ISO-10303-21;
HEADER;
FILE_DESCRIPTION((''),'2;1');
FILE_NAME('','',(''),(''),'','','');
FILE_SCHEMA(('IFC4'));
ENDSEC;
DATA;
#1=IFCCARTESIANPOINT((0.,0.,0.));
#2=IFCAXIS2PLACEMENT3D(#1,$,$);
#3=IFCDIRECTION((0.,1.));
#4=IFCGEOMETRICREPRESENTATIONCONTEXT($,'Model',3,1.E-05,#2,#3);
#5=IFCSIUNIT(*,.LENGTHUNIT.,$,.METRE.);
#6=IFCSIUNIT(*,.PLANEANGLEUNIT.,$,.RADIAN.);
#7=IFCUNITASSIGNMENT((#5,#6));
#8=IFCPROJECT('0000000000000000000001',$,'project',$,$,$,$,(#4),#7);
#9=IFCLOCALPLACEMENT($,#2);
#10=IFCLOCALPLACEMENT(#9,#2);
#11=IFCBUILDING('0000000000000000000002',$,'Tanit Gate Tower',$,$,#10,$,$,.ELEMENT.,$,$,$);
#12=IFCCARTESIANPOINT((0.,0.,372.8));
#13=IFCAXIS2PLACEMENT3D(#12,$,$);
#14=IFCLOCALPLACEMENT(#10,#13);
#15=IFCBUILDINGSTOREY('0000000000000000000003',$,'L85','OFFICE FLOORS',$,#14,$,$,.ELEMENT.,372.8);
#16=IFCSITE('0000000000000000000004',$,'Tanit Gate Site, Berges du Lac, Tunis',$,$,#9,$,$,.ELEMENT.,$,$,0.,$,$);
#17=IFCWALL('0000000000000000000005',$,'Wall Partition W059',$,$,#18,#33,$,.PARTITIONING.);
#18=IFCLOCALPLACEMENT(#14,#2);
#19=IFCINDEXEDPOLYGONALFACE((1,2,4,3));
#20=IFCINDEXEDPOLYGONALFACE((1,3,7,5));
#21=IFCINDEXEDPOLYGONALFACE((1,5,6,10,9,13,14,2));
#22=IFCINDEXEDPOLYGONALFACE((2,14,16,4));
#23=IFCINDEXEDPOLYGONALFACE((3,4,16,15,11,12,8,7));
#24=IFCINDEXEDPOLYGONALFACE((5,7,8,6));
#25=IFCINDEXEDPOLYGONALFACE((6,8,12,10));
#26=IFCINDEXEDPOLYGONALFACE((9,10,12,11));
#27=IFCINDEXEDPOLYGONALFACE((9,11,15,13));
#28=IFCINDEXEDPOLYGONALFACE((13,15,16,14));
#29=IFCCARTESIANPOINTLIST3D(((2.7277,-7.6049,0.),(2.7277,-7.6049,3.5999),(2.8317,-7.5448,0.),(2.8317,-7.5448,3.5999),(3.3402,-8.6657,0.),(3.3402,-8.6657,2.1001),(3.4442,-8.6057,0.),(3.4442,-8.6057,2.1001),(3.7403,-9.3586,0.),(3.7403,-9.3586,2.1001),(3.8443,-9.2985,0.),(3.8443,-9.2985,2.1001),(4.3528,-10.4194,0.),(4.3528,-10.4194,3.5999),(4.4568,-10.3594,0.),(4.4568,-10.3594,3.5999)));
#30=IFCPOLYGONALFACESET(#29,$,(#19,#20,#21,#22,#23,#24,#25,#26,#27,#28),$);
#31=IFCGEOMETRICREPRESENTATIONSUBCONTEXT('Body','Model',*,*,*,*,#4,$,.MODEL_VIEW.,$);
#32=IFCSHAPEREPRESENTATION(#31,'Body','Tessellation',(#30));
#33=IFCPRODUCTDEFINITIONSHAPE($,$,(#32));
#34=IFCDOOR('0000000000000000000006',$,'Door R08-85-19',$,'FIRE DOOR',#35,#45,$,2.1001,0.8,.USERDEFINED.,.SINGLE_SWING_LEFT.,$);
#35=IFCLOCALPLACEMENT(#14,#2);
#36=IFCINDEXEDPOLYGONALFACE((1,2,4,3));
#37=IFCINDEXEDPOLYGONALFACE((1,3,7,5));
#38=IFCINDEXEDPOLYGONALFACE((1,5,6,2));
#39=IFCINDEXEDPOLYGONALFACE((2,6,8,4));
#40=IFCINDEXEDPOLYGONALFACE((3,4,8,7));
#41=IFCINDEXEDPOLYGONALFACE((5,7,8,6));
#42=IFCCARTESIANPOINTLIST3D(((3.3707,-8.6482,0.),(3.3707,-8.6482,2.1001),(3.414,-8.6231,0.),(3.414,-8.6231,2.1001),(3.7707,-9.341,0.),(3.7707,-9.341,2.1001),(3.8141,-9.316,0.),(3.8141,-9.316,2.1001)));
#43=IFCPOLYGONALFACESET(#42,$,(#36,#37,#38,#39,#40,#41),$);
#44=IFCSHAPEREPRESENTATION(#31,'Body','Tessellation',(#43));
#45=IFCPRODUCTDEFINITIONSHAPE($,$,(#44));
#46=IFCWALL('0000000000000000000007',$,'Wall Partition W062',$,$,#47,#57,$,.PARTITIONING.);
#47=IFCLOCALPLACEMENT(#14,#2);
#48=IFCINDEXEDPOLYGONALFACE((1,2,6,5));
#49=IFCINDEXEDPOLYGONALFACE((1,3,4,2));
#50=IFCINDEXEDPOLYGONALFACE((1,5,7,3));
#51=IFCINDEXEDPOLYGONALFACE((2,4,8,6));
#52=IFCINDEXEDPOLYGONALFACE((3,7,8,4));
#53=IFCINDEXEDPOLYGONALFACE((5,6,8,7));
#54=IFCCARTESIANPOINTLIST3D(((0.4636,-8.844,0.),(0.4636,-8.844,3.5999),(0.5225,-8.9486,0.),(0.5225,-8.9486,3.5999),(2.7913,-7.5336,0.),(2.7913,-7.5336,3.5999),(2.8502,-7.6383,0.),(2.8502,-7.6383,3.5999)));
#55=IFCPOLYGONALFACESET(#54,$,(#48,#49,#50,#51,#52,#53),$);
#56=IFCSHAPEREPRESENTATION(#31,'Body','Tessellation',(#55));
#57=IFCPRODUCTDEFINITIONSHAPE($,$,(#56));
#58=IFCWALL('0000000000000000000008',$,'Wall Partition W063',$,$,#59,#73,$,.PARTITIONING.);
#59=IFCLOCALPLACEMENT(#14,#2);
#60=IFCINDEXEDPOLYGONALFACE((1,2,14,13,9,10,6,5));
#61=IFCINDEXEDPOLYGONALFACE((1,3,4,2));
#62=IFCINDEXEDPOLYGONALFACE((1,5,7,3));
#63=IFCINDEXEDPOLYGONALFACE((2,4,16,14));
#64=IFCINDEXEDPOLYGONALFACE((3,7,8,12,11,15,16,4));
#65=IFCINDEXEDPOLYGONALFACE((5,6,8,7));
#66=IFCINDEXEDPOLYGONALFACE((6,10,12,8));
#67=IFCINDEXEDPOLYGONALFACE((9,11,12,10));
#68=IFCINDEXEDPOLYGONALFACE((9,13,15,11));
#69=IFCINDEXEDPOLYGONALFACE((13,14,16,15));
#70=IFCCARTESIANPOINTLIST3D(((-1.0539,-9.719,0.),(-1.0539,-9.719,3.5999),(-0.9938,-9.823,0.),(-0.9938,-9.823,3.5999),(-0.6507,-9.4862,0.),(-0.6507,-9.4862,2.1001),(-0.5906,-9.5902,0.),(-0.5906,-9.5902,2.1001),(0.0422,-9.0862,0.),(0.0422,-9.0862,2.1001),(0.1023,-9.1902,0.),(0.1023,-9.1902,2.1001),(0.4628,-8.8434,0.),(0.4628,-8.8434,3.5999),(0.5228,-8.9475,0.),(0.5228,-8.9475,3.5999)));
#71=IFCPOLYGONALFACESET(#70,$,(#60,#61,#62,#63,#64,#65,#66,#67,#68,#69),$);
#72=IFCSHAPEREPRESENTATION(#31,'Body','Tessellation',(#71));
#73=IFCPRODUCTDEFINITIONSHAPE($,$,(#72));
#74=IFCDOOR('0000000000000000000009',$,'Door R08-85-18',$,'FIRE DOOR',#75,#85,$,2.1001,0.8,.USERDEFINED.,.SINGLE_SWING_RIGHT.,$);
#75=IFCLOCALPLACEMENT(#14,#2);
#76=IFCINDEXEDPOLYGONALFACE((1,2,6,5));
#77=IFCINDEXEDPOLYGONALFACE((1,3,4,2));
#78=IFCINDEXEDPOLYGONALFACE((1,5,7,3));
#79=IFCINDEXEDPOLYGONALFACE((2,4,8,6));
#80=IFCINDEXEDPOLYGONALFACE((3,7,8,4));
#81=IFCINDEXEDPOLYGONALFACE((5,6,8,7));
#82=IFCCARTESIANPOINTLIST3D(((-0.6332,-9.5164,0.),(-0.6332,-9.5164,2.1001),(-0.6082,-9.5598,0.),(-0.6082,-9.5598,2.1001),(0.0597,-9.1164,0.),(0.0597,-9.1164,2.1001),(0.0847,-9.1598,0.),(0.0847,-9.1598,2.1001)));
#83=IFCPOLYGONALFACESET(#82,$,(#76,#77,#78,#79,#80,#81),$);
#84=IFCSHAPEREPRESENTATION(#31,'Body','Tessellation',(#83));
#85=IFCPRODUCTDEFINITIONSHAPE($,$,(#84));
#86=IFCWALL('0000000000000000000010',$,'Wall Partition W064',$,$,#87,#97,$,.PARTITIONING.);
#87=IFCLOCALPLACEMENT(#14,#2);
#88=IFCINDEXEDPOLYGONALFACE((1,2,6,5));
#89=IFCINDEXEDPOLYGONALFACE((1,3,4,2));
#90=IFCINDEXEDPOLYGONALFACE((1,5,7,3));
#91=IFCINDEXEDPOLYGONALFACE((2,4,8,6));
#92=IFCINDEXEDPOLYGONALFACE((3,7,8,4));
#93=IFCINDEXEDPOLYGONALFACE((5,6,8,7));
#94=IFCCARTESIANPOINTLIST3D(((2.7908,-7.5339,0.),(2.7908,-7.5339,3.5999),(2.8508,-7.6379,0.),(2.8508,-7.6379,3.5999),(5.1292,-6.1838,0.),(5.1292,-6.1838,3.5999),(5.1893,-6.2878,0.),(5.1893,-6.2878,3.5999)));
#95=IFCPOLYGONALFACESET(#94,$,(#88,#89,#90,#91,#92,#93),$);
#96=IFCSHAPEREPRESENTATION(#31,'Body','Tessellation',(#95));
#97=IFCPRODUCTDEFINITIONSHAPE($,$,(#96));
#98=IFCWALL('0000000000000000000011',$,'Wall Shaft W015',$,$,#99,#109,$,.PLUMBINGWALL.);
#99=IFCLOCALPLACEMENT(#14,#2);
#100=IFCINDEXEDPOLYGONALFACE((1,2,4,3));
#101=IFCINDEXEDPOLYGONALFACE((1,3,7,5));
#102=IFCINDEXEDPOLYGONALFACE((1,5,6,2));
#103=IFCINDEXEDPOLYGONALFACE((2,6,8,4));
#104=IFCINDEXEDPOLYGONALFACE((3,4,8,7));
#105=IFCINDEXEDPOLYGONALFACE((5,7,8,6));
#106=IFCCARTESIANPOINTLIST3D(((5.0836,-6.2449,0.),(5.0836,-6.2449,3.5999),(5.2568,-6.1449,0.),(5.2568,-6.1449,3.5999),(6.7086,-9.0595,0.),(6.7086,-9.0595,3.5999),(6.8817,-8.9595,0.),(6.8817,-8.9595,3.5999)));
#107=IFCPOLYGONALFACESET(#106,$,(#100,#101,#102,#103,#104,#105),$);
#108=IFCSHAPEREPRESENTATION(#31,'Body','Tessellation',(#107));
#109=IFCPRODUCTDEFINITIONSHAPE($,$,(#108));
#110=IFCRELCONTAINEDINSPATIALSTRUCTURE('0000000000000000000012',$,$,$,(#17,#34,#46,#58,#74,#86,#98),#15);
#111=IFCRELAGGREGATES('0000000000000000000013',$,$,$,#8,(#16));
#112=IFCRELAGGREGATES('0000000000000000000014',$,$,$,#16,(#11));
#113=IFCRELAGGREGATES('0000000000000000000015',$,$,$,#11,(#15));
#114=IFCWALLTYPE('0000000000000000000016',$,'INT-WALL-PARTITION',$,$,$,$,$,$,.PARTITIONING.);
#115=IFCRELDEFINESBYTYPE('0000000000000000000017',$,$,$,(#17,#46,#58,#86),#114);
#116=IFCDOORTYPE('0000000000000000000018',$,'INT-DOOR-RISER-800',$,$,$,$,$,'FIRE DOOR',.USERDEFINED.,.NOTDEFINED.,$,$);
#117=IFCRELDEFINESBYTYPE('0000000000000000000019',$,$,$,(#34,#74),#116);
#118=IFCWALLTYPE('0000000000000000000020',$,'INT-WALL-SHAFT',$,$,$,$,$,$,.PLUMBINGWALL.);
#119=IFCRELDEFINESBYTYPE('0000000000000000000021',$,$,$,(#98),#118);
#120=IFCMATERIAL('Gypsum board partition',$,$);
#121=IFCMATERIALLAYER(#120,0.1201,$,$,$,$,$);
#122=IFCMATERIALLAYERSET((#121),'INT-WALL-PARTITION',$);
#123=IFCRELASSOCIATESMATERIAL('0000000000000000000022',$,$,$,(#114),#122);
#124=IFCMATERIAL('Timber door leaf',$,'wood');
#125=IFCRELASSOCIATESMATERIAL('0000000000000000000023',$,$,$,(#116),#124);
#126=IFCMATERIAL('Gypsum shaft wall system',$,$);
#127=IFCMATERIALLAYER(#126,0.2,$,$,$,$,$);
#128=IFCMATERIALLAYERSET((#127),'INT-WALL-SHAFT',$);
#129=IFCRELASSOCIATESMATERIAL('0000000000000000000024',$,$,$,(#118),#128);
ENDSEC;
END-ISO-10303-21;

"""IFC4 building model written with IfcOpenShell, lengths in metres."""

from ifc_helpers import new_model, si_unit, direction, frame, frame_2d, origin, place, context, subcontext, project, spatial, rectangle, extrude, material, layer, layer_set, type_object, element, fill, save


model = new_model("IFC4")

# Units and contexts
model_context = context("Model", 3, precision=1e-05, world=origin(), true_north=direction((0.0, 1.0)))
body_context = subcontext(model_context, "Body", "Model", "MODEL_VIEW")
ifc_project = project(units=[si_unit("LENGTHUNIT", "METRE"), si_unit("PLANEANGLEUNIT", "RADIAN")], contexts=[model_context])

# Site, building, storey
site_placement = place(None, origin())
site = spatial("IfcSite", under=ifc_project, at=site_placement, Name="Tanit Gate Site, Berges du Lac, Tunis", CompositionType="ELEMENT", RefElevation=0.0)
building_placement = place(site_placement, origin())
building = spatial("IfcBuilding", under=site, at=building_placement, Name="Tanit Gate Tower", CompositionType="ELEMENT")
storey_placement = place(building_placement, frame((0.0, 0.0, 372.8)))
storey = spatial("IfcBuildingStorey", under=building, at=storey_placement, Name="L85", Description="OFFICE FLOORS", CompositionType="ELEMENT", Elevation=372.8)

# Wall, opening, door
ifc_material_1 = material(Name="Gypsum board partition")
ifc_layer_1 = layer(ifc_material_1, 0.1201)
ifc_layer_set_1 = layer_set([ifc_layer_1], Name="INT-WALL-PARTITION")
wall_type_1 = type_object("IfcWallType", Name="INT-WALL-PARTITION", PredefinedType="PARTITIONING", material=ifc_layer_set_1)
wall_1_placement = place(storey_placement, frame((4.4048, -10.3894, 0.0), z_axis=(0.0, 0.0, 1.0), x_axis=(-0.500017, 0.866015, 0.0)))
wall_1 = element("IfcWall", 1, at=wall_1_placement, inside=storey, type_object=wall_type_1, Name="Wall Partition W059", PredefinedType="PARTITIONING", context=body_context, shape_type="SweptSolid", body=[
    extrude(rectangle(XDim=3.25, YDim=0.1201, at=frame_2d((1.625, 0.0))), origin(), (0.0, 0.0, 1.0), 3.5999),
])
opening_1_placement = place(wall_1_placement, frame((1.2251, 0.0, 0.0)))
opening_1 = element("IfcOpeningElement", 2, at=opening_1_placement, cuts=wall_1, PredefinedType="OPENING", context=body_context, shape_type="SweptSolid", body=[
    extrude(rectangle(XDim=0.8, YDim=2.1001, at=frame_2d((0.3999, 1.05))), frame((0.0, 0.0701, 0.0), z_axis=(0.0, -1.0, 0.0), x_axis=(1.0, 0.0, 0.0)), (0.0, 0.0, 1.0), 0.1401),
])
ifc_material_2 = material(Name="Timber door leaf", Category="wood")
door_type_1 = type_object("IfcDoorType", Name="INT-DOOR-RISER-800", ElementType="FIRE DOOR", OperationType="NOTDEFINED", PredefinedType="USERDEFINED", material=ifc_material_2)
door_1_placement = place(opening_1_placement, origin())
door_1 = element("IfcDoor", 3, at=door_1_placement, inside=storey, type_object=door_type_1, Name="Door R08-85-19", ObjectType="FIRE DOOR", OperationType="SINGLE_SWING_LEFT", OverallHeight=2.1001, OverallWidth=0.8, PredefinedType="USERDEFINED", context=body_context, shape_type="SweptSolid", body=[
    extrude(rectangle(XDim=0.8, YDim=2.1001, at=frame_2d((0.3999, 1.05))), frame((0.0, 0.0249, 0.0), z_axis=(0.0, -1.0, 0.0), x_axis=(1.0, 0.0, 0.0)), (0.0, 0.0, 1.0), 0.05),
])
fill(opening_1, door_1)

# Wall
wall_2_placement = place(storey_placement, frame((0.4932, -8.8962, 0.0), z_axis=(0.0, 0.0, 1.0), x_axis=(0.871414, 0.490548, 0.0)))
element("IfcWall", 4, at=wall_2_placement, inside=storey, type_object=wall_type_1, Name="Wall Partition W062", PredefinedType="PARTITIONING", context=body_context, shape_type="SweptSolid", body=[
    extrude(rectangle(XDim=2.6711, YDim=0.1201, at=frame_2d((1.3354, 0.0))), origin(), (0.0, 0.0, 1.0), 3.5999),
])

# Wall, opening, door
wall_3_placement = place(storey_placement, frame((0.4927, -8.8955, 0.0), z_axis=(0.0, 0.0, 1.0), x_axis=(-0.866056, -0.499948, 0.0)))
wall_3 = element("IfcWall", 5, at=wall_3_placement, inside=storey, type_object=wall_type_1, Name="Wall Partition W063", PredefinedType="PARTITIONING", context=body_context, shape_type="SweptSolid", body=[
    extrude(rectangle(XDim=1.7512, YDim=0.1201, at=frame_2d((0.8755, 0.0))), origin(), (0.0, 0.0, 1.0), 3.5999),
])
opening_2_placement = place(wall_3_placement, frame((0.4856, 0.0, 0.0)))
opening_2 = element("IfcOpeningElement", 6, at=opening_2_placement, cuts=wall_3, PredefinedType="OPENING", context=body_context, shape_type="SweptSolid", body=[
    extrude(rectangle(XDim=0.8, YDim=2.1001, at=frame_2d((0.3999, 1.05))), frame((0.0, 0.0701, 0.0), z_axis=(0.0, -1.0, 0.0), x_axis=(1.0, 0.0, 0.0)), (0.0, 0.0, 1.0), 0.1401),
])
door_2_placement = place(opening_2_placement, origin())
door_2 = element("IfcDoor", 7, at=door_2_placement, inside=storey, type_object=door_type_1, Name="Door R08-85-18", ObjectType="FIRE DOOR", OperationType="SINGLE_SWING_RIGHT", OverallHeight=2.1001, OverallWidth=0.8, PredefinedType="USERDEFINED", context=body_context, shape_type="SweptSolid", body=[
    extrude(rectangle(XDim=0.8, YDim=2.1001, at=frame_2d((0.3999, 1.05))), frame((0.0, 0.0249, 0.0), z_axis=(0.0, -1.0, 0.0), x_axis=(1.0, 0.0, 0.0)), (0.0, 0.0, 1.0), 0.05),
])
fill(opening_2, door_2)

# Walls
wall_4_placement = place(storey_placement, frame((2.8208, -7.5859, 0.0), z_axis=(0.0, 0.0, 1.0), x_axis=(0.86602, 0.500009, 0.0)))
element("IfcWall", 8, at=wall_4_placement, inside=storey, type_object=wall_type_1, Name="Wall Partition W064", PredefinedType="PARTITIONING", context=body_context, shape_type="SweptSolid", body=[
    extrude(rectangle(XDim=2.7002, YDim=0.1201, at=frame_2d((1.3501, 0.0))), origin(), (0.0, 0.0, 1.0), 3.5999),
])
ifc_material_3 = material(Name="Gypsum shaft wall system")
ifc_layer_2 = layer(ifc_material_3, 0.2)
ifc_layer_set_2 = layer_set([ifc_layer_2], Name="INT-WALL-SHAFT")
wall_type_2 = type_object("IfcWallType", Name="INT-WALL-SHAFT", PredefinedType="PLUMBINGWALL", material=ifc_layer_set_2)
wall_5_placement = place(storey_placement, frame((6.7952, -9.0095, 0.0), z_axis=(0.0, 0.0, 1.0), x_axis=(-0.499985, 0.866034, 0.0)))
element("IfcWall", 9, at=wall_5_placement, inside=storey, type_object=wall_type_2, Name="Wall Shaft W015", PredefinedType="PLUMBINGWALL", context=body_context, shape_type="SweptSolid", body=[
    extrude(rectangle(XDim=3.25, YDim=0.2, at=frame_2d((1.625, 0.0))), origin(), (0.0, 0.0, 1.0), 3.5999),
])

save(model, "model.ifc")
